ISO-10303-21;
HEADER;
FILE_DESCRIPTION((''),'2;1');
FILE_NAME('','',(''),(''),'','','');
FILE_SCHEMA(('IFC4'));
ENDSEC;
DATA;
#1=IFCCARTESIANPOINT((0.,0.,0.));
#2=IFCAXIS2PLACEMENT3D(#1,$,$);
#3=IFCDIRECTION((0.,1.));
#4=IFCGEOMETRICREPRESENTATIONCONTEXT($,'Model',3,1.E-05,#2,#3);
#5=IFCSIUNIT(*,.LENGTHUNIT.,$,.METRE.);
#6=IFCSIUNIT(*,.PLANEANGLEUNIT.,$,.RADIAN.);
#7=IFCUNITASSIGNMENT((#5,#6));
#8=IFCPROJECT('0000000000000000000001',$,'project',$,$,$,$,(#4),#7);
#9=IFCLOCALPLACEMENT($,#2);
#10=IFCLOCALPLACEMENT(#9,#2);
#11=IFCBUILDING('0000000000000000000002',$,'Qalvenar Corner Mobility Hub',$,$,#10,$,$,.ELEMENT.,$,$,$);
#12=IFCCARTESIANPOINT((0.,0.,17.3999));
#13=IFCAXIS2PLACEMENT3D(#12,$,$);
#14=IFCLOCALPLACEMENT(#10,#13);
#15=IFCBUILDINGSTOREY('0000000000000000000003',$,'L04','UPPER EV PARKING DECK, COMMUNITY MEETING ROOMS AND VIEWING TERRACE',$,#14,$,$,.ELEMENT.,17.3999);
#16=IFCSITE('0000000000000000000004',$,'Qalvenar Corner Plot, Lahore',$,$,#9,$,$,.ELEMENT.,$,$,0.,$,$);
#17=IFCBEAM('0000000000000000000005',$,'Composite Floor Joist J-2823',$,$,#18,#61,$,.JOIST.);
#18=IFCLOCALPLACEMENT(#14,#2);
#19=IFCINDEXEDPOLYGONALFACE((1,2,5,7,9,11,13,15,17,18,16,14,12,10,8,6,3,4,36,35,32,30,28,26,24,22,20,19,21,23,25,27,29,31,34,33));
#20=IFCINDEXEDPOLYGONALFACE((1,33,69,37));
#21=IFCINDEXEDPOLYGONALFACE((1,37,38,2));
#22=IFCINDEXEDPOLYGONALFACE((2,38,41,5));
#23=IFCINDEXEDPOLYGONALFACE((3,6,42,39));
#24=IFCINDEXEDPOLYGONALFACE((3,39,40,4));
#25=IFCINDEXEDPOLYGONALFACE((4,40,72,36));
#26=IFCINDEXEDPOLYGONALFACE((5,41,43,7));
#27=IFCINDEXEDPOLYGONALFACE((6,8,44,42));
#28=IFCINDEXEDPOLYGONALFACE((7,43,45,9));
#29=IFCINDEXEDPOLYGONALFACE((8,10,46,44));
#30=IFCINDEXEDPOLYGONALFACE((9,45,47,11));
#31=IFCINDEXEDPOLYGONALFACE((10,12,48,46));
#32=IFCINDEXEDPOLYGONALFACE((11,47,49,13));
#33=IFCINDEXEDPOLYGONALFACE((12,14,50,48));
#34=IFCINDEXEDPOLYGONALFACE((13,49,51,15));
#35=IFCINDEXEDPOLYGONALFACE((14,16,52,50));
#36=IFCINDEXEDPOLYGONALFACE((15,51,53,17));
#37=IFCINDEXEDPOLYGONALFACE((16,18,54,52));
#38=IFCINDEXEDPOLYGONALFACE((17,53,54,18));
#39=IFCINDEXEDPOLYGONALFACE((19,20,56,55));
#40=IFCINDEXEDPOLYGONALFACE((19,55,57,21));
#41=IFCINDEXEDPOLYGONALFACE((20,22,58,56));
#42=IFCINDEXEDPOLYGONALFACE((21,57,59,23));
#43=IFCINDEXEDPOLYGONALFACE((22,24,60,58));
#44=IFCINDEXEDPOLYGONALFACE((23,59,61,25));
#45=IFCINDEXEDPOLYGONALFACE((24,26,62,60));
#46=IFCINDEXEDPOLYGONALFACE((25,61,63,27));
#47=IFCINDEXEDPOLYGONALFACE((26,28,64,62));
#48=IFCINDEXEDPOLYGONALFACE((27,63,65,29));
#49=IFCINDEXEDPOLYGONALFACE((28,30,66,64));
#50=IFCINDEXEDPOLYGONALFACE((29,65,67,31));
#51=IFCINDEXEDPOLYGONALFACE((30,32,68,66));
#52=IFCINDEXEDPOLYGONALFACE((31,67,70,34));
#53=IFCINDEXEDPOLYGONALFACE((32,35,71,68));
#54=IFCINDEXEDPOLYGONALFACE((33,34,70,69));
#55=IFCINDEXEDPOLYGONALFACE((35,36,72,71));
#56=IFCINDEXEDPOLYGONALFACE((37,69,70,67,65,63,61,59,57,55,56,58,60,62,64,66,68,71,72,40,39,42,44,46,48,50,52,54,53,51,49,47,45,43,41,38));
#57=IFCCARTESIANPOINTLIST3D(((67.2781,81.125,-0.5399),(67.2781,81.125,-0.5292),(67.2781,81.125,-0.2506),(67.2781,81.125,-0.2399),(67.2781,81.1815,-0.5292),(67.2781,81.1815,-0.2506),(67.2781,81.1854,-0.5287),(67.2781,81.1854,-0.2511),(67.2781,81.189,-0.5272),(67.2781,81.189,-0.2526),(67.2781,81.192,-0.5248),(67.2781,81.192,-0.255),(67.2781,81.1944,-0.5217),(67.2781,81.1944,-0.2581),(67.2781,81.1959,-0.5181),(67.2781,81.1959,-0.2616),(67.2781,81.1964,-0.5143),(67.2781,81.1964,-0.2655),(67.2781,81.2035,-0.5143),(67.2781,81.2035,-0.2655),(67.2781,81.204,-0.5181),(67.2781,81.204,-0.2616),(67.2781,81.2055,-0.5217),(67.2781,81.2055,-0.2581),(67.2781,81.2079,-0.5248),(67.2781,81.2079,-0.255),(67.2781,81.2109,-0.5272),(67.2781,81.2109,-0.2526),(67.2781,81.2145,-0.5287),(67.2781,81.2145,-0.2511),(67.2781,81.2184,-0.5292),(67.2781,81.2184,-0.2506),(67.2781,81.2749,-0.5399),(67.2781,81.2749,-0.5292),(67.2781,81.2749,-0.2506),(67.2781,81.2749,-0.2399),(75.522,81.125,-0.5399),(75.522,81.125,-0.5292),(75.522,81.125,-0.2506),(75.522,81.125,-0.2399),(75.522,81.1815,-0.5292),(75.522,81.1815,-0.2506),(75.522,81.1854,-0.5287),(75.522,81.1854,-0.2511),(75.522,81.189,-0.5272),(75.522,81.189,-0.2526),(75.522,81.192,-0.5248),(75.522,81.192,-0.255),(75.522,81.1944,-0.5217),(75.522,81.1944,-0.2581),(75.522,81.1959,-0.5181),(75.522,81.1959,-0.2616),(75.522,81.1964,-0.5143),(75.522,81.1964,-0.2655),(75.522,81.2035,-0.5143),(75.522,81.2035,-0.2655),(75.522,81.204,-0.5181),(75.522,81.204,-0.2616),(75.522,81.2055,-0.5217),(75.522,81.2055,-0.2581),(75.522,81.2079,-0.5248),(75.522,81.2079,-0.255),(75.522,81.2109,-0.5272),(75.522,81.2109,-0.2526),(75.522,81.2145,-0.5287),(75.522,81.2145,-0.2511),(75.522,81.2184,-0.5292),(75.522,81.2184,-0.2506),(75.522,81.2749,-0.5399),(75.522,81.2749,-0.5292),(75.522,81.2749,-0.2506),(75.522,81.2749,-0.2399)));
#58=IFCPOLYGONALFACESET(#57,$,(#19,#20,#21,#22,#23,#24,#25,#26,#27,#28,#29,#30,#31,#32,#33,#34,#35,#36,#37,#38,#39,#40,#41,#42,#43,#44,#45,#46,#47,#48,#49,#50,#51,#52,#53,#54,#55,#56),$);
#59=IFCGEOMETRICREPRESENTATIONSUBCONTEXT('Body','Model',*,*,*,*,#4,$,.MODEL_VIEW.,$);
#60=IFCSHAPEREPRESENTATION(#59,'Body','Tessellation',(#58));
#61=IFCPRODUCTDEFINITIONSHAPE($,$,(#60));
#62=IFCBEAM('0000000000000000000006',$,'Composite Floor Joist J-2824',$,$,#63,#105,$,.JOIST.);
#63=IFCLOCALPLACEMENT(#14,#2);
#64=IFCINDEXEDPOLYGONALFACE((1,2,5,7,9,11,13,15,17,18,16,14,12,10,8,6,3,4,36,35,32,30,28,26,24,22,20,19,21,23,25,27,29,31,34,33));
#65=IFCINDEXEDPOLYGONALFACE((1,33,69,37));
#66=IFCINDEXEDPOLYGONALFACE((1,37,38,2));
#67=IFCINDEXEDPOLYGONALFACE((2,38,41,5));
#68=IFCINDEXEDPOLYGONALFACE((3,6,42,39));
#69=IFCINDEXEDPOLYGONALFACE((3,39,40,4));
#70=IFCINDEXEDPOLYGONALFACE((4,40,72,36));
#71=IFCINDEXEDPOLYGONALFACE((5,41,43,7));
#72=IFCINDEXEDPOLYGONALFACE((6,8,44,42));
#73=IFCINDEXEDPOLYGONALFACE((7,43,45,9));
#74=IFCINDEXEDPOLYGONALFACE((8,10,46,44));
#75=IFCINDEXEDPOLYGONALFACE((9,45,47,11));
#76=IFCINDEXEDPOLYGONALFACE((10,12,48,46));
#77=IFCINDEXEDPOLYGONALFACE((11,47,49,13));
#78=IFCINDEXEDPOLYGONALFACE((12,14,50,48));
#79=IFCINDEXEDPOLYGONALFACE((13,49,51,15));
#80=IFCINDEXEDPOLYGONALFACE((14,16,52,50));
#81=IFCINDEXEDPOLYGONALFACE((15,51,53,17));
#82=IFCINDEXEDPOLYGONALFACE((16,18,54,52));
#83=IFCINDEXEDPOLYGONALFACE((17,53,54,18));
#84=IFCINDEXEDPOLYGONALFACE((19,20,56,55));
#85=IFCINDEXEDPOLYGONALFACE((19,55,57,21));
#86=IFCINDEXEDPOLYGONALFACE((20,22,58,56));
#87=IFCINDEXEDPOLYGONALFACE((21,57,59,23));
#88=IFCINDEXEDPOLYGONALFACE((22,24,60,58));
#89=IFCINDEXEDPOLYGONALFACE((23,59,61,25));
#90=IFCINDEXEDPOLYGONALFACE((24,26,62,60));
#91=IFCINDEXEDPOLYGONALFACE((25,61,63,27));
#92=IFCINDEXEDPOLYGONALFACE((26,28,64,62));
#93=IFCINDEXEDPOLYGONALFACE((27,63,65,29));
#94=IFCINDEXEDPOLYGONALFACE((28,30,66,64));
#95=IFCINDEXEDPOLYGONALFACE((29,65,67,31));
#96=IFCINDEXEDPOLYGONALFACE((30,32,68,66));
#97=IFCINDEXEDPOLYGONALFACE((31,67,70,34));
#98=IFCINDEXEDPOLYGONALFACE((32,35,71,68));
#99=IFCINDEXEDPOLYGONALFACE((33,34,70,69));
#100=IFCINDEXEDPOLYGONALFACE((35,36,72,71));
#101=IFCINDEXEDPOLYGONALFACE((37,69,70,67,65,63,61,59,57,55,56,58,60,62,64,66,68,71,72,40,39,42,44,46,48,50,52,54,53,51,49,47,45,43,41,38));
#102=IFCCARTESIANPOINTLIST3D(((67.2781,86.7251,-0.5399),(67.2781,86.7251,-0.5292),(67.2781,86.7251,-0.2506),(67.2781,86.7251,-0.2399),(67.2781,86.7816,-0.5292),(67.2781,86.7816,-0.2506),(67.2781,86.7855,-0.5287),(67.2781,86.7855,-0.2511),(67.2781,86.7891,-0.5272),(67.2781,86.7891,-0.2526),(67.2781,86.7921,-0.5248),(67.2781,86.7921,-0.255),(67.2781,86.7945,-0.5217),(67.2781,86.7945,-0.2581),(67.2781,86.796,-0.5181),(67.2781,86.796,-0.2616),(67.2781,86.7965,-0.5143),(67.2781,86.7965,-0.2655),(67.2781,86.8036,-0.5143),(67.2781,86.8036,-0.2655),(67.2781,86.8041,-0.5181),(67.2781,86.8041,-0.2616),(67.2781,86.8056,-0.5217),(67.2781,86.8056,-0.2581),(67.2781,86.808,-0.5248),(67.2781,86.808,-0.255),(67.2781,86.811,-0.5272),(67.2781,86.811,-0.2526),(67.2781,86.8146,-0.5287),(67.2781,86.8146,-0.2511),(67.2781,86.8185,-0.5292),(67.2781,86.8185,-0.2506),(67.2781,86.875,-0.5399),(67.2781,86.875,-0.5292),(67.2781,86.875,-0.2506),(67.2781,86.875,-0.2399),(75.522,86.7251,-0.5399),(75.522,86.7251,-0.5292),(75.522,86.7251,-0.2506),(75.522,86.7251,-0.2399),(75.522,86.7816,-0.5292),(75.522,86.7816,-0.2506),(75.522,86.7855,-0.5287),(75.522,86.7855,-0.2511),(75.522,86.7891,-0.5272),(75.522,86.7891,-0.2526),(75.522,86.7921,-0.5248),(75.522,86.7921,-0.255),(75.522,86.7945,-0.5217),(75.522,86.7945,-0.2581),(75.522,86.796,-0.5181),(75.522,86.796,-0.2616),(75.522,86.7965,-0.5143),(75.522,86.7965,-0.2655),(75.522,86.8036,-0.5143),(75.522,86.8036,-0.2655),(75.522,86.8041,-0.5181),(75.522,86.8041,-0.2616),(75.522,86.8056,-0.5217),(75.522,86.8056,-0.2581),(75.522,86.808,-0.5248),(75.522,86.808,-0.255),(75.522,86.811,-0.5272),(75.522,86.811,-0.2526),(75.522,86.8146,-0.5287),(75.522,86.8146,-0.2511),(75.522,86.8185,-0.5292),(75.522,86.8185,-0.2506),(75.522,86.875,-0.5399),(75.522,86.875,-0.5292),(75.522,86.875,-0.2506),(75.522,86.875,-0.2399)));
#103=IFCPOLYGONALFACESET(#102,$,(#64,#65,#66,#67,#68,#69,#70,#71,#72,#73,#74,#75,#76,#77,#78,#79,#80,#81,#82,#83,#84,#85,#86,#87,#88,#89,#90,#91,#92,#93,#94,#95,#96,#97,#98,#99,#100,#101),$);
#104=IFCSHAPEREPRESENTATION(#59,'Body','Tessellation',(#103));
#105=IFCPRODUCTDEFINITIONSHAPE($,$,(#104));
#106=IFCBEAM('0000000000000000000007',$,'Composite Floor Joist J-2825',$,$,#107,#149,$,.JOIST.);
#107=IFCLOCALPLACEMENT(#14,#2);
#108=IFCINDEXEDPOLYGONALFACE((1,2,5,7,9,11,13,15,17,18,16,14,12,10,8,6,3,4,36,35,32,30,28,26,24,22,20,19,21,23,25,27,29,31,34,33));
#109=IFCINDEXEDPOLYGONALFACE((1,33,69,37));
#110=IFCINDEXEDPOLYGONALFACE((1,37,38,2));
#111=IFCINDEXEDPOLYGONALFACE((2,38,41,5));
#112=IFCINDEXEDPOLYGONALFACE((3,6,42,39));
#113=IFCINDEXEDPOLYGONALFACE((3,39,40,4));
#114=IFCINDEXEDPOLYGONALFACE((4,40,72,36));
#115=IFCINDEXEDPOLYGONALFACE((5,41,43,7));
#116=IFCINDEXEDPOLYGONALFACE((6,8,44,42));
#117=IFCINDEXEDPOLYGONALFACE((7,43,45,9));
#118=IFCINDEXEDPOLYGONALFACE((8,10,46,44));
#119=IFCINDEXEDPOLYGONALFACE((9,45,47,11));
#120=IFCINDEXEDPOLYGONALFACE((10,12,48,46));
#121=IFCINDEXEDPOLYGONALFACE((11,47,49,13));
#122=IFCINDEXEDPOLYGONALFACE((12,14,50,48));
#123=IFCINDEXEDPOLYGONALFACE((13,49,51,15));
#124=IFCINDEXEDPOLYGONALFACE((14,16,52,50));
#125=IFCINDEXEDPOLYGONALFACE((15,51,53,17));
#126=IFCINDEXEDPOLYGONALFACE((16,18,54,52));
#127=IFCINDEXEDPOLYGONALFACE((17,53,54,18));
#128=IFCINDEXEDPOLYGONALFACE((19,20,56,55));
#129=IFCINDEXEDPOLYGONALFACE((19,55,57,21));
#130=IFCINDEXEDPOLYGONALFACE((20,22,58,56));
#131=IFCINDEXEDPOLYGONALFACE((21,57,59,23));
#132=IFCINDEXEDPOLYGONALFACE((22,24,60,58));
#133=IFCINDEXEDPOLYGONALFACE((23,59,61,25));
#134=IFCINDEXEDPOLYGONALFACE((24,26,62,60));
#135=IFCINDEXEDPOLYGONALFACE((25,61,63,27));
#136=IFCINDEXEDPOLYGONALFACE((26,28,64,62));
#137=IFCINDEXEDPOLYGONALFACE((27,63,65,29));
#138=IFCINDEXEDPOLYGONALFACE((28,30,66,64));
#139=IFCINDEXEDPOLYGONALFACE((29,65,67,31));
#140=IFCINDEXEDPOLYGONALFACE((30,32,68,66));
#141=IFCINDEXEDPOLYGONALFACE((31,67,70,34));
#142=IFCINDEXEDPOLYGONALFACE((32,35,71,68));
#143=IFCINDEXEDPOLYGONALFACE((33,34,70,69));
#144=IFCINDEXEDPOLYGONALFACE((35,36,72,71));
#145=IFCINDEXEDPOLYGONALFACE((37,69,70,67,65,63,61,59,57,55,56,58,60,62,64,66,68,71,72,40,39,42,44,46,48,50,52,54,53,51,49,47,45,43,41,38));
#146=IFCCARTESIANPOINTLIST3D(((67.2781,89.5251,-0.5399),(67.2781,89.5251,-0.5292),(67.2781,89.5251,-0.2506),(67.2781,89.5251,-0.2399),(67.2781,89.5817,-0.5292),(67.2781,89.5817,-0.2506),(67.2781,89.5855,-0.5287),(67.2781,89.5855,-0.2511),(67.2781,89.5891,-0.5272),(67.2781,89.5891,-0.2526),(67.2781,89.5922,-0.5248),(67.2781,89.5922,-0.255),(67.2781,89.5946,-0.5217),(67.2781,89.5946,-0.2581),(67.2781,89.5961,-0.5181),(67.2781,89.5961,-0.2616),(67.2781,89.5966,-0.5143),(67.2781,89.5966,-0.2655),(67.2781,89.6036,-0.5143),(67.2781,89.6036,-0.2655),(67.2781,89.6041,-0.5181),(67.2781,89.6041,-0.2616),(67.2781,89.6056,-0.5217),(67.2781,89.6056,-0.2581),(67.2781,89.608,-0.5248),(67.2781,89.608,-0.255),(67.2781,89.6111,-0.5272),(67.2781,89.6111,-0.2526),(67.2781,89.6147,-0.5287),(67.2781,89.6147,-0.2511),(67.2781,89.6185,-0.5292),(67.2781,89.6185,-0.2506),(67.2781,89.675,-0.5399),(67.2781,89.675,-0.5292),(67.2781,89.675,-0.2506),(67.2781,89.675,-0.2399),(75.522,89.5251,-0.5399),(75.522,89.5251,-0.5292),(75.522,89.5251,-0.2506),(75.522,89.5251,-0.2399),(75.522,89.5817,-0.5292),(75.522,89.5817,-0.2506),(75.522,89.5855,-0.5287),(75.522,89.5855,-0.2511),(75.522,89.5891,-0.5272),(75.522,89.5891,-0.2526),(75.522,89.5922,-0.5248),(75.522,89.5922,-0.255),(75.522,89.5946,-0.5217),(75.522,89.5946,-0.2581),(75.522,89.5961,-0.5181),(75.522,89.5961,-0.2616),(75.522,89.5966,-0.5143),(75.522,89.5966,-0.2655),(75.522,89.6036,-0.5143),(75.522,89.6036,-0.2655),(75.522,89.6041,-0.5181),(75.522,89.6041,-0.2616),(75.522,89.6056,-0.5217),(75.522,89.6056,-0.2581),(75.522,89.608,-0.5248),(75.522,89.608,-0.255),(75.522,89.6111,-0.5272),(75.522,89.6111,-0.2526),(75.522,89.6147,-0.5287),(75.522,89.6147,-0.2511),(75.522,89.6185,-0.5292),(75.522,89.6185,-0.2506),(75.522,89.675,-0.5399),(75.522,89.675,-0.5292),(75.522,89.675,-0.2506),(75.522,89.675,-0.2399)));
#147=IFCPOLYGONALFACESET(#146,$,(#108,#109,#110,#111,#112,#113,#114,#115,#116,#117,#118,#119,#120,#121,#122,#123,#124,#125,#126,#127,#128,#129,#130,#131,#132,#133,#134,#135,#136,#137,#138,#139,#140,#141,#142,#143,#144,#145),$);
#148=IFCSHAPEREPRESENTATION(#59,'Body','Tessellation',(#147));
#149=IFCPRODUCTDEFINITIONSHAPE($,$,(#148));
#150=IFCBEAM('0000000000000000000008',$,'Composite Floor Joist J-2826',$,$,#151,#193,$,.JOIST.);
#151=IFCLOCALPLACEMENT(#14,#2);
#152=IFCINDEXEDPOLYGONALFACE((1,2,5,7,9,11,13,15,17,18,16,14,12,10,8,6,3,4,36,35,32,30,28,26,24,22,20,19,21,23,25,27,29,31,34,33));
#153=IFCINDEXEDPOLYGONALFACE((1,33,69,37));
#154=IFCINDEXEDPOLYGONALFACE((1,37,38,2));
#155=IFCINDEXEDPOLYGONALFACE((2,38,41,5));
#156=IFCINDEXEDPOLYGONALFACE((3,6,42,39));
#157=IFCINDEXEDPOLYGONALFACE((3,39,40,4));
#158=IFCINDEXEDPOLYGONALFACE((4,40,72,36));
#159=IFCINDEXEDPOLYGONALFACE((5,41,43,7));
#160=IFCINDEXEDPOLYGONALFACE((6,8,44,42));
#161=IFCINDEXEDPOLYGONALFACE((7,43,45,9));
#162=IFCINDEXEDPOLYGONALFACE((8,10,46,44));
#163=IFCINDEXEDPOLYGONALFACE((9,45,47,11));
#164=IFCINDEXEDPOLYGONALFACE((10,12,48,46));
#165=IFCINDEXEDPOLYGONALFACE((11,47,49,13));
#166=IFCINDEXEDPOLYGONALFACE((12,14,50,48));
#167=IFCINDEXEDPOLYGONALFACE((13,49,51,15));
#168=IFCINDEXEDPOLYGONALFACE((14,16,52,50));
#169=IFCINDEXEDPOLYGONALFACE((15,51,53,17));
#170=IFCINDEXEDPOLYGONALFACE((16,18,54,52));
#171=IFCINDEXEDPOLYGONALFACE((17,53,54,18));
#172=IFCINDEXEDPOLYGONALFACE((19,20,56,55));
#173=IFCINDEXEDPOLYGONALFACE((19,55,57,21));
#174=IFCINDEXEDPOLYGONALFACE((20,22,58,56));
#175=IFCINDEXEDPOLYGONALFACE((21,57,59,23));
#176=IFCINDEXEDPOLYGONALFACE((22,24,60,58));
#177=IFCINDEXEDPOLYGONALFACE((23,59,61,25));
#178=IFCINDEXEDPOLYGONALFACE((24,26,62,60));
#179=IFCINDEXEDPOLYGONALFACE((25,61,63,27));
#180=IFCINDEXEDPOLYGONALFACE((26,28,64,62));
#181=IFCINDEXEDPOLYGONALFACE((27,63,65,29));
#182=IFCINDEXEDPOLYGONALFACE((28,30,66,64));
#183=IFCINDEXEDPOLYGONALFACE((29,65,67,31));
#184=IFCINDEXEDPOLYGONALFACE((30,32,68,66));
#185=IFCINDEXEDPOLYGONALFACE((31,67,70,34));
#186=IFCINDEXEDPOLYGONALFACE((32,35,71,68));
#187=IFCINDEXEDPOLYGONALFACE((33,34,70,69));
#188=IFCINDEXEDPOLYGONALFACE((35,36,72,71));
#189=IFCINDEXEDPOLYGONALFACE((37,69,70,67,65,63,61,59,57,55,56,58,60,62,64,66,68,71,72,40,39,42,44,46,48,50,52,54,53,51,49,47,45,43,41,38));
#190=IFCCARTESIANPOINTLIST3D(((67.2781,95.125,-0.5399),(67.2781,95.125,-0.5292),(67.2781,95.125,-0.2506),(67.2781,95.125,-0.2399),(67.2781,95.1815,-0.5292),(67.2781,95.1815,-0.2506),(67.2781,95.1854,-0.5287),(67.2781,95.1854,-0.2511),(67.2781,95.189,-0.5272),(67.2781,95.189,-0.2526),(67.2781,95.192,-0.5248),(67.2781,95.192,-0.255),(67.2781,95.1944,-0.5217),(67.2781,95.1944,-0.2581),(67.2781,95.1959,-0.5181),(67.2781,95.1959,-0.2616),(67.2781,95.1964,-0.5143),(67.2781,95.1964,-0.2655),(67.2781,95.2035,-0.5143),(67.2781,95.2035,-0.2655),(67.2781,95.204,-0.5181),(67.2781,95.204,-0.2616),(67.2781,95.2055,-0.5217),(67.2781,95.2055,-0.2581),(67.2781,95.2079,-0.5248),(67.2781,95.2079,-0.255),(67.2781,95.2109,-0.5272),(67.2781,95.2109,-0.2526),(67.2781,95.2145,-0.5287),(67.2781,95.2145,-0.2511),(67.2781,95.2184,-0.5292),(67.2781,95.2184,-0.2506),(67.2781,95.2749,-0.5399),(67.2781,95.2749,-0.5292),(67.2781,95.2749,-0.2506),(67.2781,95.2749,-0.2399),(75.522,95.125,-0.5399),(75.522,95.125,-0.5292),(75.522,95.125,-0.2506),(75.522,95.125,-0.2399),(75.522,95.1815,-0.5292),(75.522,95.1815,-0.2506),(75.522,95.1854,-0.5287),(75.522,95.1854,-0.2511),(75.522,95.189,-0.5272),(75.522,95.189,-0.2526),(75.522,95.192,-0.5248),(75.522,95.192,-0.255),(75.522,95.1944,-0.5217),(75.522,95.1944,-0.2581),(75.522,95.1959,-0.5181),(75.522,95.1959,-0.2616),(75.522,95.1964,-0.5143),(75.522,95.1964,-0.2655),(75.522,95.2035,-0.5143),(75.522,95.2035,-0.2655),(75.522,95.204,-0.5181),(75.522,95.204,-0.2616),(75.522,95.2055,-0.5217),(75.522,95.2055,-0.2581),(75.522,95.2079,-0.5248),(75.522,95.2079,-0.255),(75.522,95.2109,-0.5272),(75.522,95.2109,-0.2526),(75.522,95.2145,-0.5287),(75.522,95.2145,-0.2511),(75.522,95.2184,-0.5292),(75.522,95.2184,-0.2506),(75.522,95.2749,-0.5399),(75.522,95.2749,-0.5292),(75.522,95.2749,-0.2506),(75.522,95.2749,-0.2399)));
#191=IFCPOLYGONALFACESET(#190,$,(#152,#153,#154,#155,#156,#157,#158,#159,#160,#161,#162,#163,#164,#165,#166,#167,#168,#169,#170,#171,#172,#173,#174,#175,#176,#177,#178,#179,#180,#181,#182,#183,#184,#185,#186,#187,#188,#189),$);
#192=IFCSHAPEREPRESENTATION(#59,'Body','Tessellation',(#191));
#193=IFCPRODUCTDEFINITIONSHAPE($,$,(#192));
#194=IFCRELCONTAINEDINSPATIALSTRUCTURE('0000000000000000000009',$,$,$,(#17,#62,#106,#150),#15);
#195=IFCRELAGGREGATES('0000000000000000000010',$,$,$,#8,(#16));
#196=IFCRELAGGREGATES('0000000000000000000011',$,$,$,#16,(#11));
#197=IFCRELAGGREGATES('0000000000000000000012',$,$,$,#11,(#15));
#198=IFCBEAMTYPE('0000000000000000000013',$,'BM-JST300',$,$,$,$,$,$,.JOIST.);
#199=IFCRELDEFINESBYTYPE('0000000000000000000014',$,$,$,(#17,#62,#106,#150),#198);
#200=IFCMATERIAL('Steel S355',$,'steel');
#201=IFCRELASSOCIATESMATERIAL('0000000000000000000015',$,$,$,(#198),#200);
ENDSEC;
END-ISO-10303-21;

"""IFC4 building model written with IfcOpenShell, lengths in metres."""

from ifc_helpers import new_model, si_unit, direction, frame, origin, origin_2d, place, context, subcontext, project, spatial, i_section, extrude, material, material_profile, profile_set, type_object, element, save


model = new_model("IFC4")

# Units and contexts
model_context = context("Model", 3, precision=1e-05, world=origin(), true_north=direction((0.0, 1.0)))
body_context = subcontext(model_context, "Body", "Model", "MODEL_VIEW")
ifc_project = project(units=[si_unit("LENGTHUNIT", "METRE"), si_unit("PLANEANGLEUNIT", "RADIAN")], contexts=[model_context])

# Site, building, storey
site_placement = place(None, origin())
site = spatial("IfcSite", under=ifc_project, at=site_placement, Name="Qalvenar Corner Plot, Lahore", CompositionType="ELEMENT", RefElevation=0.0)
building_placement = place(site_placement, origin())
building = spatial("IfcBuilding", under=site, at=building_placement, Name="Qalvenar Corner Mobility Hub", CompositionType="ELEMENT")
storey_placement = place(building_placement, frame((0.0, 0.0, 17.3999)))
storey = spatial("IfcBuildingStorey", under=building, at=storey_placement, Name="L04", Description="UPPER EV PARKING DECK, COMMUNITY MEETING ROOMS AND VIEWING TERRACE", CompositionType="ELEMENT", Elevation=17.3999)

# Shared definitions
ifc_material_1 = material(Name="Steel S355", Category="steel")

# Beams
ifc_material_profile_1 = material_profile(ifc_material_1, i_section(OverallWidth=0.1499, OverallDepth=0.3, WebThickness=0.0071, FlangeThickness=0.0107, FilletRadius=0.0149, at=origin_2d()), Name="IPE300")
ifc_profile_set_1 = profile_set([ifc_material_profile_1], Name="Steel S355")
beam_type_1 = type_object("IfcBeamType", Name="BM-JST300", PredefinedType="JOIST", material=ifc_profile_set_1)
for number, where, z_axis, x_axis, name in (
    (1, (67.2781, 81.2, -0.3899), (1.0, 0.0, 0.0), (0.0, 1.0, 0.0), "Composite Floor Joist J-2823"),
    (2, (67.2781, 86.8, -0.3899), (1.0, 0.0, 0.0), (0.0, 1.0, 0.0), "Composite Floor Joist J-2824"),
    (3, (67.2781, 89.6001, -0.3899), (1.0, 0.0, 0.0), (0.0, 1.0, 0.0), "Composite Floor Joist J-2825"),
    (4, (67.2781, 95.2, -0.3899), (1.0, 0.0, 0.0), (0.0, 1.0, 0.0), "Composite Floor Joist J-2826"),
):
    element("IfcBeam", number, at=place(storey_placement, frame(where, z_axis=z_axis, x_axis=x_axis)), inside=storey, type_object=beam_type_1, Name=name, PredefinedType="JOIST", context=body_context, shape_type="SweptSolid", body=[
        extrude(i_section(OverallWidth=0.1499, OverallDepth=0.3, WebThickness=0.0071, FlangeThickness=0.0107, FilletRadius=0.0149, at=origin_2d()), origin(), (0.0, 0.0, 1.0), 8.2439),
    ])

save(model, "model.ifc")
